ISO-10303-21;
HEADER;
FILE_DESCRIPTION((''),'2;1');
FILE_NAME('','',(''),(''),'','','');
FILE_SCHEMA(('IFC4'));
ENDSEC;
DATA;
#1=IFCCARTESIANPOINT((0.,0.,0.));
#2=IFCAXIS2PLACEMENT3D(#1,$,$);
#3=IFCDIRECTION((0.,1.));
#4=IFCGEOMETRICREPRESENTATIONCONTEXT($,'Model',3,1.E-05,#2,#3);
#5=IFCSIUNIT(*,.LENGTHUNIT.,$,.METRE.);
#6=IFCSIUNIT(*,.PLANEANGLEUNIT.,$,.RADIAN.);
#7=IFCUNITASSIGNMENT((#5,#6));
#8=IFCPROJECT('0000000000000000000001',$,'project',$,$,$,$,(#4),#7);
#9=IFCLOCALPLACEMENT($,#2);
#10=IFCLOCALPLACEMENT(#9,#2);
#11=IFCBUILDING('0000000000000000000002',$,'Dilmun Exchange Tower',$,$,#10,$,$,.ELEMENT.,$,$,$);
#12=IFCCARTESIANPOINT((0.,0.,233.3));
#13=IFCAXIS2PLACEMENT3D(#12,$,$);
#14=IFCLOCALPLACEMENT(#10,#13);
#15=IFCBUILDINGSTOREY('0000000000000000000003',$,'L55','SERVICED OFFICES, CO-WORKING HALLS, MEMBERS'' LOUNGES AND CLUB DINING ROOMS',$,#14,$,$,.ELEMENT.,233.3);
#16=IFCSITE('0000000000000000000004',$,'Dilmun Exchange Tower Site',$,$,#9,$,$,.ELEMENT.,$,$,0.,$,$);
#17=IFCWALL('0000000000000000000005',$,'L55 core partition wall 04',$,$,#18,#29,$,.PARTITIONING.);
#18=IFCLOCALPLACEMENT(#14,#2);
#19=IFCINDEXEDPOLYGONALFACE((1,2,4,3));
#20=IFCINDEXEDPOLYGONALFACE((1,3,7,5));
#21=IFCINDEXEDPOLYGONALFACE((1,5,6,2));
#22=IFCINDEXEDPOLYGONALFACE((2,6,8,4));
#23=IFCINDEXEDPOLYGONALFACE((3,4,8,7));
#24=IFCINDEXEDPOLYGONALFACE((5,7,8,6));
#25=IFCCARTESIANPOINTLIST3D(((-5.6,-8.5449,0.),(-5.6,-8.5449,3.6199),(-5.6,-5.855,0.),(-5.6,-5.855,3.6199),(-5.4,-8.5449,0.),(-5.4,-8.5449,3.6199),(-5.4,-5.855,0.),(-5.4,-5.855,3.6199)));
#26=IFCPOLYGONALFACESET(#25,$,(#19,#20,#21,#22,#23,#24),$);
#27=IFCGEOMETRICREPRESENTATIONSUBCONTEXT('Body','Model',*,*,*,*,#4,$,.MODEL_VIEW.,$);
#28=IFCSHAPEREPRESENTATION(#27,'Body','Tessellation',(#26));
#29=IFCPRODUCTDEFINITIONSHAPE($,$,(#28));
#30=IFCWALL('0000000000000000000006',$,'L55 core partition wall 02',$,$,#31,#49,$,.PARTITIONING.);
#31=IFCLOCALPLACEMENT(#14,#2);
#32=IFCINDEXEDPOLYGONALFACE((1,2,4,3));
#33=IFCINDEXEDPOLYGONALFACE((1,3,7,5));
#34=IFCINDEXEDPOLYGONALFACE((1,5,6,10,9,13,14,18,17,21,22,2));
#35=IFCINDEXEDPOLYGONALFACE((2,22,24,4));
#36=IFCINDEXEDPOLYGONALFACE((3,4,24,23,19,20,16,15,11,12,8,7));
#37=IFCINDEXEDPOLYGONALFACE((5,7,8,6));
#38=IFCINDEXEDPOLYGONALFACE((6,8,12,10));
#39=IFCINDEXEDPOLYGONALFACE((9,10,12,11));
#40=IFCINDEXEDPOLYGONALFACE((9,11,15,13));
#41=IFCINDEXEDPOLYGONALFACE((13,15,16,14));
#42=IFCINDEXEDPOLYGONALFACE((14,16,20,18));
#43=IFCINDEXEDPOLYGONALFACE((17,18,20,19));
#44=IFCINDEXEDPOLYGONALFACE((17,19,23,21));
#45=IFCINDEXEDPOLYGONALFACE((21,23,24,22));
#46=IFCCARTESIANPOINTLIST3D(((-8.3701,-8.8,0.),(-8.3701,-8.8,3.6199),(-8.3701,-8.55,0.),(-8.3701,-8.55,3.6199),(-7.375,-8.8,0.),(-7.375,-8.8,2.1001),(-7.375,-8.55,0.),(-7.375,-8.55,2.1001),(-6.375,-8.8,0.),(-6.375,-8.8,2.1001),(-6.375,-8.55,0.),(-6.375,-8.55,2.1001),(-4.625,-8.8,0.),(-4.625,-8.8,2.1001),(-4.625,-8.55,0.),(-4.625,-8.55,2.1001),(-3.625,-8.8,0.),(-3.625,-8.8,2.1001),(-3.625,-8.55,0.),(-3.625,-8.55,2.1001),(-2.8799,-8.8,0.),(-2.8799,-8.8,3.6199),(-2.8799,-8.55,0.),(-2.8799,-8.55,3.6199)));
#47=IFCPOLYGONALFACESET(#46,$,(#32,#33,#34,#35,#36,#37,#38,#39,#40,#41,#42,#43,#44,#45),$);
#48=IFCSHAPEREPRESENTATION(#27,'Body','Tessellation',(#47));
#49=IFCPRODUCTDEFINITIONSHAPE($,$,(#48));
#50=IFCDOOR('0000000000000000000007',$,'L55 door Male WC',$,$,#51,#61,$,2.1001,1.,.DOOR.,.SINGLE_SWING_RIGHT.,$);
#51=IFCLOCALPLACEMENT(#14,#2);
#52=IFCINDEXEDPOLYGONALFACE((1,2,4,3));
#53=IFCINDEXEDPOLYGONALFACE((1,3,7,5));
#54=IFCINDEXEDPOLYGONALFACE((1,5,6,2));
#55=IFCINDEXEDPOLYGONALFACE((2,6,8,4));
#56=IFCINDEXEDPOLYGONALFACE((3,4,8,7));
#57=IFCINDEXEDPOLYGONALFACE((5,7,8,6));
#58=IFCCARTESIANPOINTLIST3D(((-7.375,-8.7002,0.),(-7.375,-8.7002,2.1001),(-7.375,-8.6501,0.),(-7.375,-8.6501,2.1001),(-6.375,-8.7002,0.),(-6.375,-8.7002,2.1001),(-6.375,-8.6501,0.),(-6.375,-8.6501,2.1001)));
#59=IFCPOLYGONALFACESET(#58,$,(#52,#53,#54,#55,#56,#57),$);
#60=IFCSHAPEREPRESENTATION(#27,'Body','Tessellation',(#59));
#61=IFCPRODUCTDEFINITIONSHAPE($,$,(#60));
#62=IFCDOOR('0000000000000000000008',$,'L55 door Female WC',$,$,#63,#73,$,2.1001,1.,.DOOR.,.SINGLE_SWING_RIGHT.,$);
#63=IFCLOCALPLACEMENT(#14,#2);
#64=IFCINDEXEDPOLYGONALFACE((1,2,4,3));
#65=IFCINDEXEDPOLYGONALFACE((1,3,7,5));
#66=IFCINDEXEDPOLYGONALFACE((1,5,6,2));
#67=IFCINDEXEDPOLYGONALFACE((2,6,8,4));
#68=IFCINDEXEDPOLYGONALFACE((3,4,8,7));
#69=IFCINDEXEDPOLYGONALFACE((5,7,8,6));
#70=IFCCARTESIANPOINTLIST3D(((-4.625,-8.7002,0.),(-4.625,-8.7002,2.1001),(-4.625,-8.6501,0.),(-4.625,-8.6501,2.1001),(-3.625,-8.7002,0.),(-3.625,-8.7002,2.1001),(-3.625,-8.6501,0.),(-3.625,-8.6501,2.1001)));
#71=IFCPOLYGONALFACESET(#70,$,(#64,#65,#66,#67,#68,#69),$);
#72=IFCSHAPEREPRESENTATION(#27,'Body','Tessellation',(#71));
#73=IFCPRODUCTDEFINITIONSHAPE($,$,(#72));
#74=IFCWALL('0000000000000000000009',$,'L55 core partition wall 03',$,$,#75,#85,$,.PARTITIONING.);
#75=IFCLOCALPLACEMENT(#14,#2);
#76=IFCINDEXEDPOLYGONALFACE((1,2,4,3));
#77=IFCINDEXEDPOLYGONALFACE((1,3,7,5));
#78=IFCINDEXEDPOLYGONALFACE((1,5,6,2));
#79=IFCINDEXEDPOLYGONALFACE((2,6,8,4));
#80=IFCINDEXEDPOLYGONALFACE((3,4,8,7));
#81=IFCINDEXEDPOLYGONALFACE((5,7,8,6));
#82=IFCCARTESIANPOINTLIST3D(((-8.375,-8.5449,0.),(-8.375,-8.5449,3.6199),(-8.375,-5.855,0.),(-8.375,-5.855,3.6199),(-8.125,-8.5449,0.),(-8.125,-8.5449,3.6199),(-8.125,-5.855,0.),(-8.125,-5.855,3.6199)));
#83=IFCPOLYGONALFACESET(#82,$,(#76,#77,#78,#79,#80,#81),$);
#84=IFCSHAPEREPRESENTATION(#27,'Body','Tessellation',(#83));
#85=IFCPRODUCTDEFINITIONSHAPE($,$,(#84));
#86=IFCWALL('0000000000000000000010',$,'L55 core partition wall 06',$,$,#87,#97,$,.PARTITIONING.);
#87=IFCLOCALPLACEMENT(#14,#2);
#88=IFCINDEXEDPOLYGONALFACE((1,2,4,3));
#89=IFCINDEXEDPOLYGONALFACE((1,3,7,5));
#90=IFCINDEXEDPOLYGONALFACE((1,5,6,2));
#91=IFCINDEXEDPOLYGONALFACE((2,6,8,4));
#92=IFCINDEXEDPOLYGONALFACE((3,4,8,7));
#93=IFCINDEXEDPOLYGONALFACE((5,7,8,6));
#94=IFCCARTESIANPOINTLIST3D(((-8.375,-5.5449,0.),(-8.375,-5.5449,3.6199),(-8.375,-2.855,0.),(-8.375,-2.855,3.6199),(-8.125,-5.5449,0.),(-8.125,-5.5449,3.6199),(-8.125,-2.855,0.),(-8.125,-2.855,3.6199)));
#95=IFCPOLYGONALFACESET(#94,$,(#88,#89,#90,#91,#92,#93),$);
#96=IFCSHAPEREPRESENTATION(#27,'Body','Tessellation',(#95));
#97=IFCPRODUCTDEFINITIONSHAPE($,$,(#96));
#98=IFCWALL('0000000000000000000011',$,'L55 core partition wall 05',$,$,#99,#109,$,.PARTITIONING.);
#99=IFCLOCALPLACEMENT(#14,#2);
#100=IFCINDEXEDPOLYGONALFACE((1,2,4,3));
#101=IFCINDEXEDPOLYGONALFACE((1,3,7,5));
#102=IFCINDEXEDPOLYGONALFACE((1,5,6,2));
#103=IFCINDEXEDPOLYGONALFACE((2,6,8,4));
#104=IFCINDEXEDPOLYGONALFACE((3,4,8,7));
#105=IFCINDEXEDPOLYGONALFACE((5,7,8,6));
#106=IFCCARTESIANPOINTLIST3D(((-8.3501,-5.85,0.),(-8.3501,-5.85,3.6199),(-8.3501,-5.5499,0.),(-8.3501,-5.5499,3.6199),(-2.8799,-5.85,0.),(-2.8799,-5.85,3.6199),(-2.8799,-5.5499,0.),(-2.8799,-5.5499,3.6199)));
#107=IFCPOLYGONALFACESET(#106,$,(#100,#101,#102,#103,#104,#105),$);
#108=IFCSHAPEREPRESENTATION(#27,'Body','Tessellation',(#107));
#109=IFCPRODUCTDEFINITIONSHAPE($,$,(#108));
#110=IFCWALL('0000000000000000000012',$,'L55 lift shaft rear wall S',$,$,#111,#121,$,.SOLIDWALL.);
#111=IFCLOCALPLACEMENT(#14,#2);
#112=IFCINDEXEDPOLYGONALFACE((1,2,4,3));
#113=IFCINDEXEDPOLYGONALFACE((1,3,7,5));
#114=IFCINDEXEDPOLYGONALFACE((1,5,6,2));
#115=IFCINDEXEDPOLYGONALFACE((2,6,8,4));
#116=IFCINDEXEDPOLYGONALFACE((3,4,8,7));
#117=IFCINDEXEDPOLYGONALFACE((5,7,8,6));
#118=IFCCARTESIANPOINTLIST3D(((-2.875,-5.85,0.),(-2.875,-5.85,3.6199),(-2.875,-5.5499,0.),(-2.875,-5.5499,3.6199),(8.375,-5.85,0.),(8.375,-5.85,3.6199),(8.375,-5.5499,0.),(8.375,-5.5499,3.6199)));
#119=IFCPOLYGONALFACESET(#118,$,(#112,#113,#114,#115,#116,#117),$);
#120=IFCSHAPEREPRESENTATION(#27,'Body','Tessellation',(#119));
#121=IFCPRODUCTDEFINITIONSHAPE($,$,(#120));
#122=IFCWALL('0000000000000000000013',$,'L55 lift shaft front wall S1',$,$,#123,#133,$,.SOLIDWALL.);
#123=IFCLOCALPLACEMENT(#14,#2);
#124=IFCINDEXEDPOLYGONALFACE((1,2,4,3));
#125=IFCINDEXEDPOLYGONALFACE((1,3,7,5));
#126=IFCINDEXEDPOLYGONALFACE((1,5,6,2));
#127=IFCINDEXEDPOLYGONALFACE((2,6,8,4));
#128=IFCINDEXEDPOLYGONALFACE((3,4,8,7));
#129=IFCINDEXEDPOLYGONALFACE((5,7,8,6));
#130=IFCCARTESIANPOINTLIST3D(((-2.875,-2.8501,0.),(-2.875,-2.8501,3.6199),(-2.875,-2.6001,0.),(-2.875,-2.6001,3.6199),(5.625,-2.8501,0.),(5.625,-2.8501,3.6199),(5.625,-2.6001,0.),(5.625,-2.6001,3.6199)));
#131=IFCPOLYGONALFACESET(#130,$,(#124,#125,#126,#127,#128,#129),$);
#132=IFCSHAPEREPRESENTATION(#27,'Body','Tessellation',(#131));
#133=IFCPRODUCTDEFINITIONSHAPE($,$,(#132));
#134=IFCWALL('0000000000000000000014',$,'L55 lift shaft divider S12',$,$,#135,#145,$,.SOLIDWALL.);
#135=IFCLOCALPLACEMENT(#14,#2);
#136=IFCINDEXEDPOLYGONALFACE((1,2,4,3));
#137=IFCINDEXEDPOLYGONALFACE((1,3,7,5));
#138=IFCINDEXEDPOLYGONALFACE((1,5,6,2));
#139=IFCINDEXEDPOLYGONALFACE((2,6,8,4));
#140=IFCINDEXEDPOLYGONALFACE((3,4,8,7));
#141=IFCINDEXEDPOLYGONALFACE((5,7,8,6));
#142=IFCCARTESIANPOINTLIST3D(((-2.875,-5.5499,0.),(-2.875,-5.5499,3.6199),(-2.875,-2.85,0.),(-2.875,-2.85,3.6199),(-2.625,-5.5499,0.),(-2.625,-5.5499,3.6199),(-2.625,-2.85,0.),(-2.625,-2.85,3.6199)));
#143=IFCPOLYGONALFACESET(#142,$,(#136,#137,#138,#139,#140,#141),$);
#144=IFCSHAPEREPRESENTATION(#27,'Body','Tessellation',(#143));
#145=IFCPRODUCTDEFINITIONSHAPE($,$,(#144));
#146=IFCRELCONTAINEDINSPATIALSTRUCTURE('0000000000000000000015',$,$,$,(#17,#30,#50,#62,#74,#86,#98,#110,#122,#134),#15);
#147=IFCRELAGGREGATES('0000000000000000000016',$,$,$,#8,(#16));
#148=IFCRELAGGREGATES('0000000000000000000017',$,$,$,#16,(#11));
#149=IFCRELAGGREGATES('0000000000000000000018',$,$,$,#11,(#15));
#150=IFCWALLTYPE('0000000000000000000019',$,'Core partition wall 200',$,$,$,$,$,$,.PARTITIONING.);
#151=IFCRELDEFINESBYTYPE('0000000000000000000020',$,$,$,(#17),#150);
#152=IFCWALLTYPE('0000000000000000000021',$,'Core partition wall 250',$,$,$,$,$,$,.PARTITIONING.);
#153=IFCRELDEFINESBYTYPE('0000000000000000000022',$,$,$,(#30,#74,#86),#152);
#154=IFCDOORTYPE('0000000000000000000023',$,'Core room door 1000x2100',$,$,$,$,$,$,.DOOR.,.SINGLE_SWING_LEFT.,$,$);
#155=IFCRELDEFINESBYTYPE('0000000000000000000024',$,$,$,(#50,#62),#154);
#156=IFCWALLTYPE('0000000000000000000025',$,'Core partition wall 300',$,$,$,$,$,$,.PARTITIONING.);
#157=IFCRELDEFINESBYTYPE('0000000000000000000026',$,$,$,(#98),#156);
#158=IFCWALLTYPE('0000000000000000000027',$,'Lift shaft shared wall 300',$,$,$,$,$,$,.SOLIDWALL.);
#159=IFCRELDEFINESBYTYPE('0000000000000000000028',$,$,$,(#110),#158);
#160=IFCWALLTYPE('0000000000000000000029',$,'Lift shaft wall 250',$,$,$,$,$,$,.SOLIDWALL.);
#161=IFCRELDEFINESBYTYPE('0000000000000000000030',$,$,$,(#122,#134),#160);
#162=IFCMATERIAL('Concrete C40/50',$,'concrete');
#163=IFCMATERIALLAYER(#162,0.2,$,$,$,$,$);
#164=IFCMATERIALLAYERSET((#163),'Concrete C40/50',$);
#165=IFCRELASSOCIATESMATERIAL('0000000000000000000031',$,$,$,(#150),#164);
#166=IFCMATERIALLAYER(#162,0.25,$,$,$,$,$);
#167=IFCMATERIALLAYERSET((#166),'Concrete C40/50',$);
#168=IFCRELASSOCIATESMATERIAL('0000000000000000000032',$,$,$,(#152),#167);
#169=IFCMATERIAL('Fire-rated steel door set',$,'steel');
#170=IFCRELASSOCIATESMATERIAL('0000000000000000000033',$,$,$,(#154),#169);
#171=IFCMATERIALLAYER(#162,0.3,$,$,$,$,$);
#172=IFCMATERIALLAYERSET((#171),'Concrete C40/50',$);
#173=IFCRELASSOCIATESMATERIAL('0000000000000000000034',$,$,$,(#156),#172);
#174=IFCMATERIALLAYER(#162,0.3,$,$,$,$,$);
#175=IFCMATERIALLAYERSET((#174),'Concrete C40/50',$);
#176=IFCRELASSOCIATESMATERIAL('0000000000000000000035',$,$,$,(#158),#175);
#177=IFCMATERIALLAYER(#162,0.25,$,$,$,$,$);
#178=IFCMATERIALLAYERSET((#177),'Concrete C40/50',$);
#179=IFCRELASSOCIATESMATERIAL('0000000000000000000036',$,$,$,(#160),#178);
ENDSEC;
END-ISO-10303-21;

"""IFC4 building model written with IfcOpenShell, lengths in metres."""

from ifc_helpers import new_model, si_unit, direction, frame, frame_2d, origin, place, context, subcontext, project, spatial, rectangle, extrude, material, layer, layer_set, type_object, element, fill, save


model = new_model("IFC4")

# Units and contexts
model_context = context("Model", 3, precision=1e-05, world=origin(), true_north=direction((0.0, 1.0)))
body_context = subcontext(model_context, "Body", "Model", "MODEL_VIEW")
ifc_project = project(units=[si_unit("LENGTHUNIT", "METRE"), si_unit("PLANEANGLEUNIT", "RADIAN")], contexts=[model_context])

# Site, building, storey
site_placement = place(None, origin())
site = spatial("IfcSite", under=ifc_project, at=site_placement, Name="Dilmun Exchange Tower Site", CompositionType="ELEMENT", RefElevation=0.0)
building_placement = place(site_placement, origin())
building = spatial("IfcBuilding", under=site, at=building_placement, Name="Dilmun Exchange Tower", CompositionType="ELEMENT")
storey_placement = place(building_placement, frame((0.0, 0.0, 233.3)))
storey = spatial("IfcBuildingStorey", under=building, at=storey_placement, Name="L55", Description="SERVICED OFFICES, CO-WORKING HALLS, MEMBERS' LOUNGES AND CLUB DINING ROOMS", CompositionType="ELEMENT", Elevation=233.3)

# Wall
ifc_material_1 = material(Name="Concrete C40/50", Category="concrete")
ifc_layer_1 = layer(ifc_material_1, 0.2)
ifc_layer_set_1 = layer_set([ifc_layer_1], Name="Concrete C40/50")
wall_type_1 = type_object("IfcWallType", Name="Core partition wall 200", PredefinedType="PARTITIONING", material=ifc_layer_set_1)
wall_1_placement = place(storey_placement, frame((-5.5, -8.5449, 0.0), z_axis=(0.0, 0.0, 1.0), x_axis=(0.0, 1.0, 0.0)))
element("IfcWall", 1, at=wall_1_placement, inside=storey, type_object=wall_type_1, Name="L55 core partition wall 04", PredefinedType="PARTITIONING", context=body_context, shape_type="SweptSolid", body=[
    extrude(rectangle(XDim=2.6899, YDim=0.2, at=frame_2d((1.345, 0.0))), origin(), (0.0, 0.0, 1.0), 3.6199),
])

# Shared definitions
ifc_material_2 = material(Name="Fire-rated steel door set", Category="steel")

# Wall, openings, doors
ifc_layer_2 = layer(ifc_material_1, 0.25)
ifc_layer_set_2 = layer_set([ifc_layer_2], Name="Concrete C40/50")
wall_type_2 = type_object("IfcWallType", Name="Core partition wall 250", PredefinedType="PARTITIONING", material=ifc_layer_set_2)
wall_2_placement = place(storey_placement, frame((-8.3701, -8.675, 0.0), z_axis=(0.0, 0.0, 1.0), x_axis=(1.0, 0.0, 0.0)))
wall_2 = element("IfcWall", 2, at=wall_2_placement, inside=storey, type_object=wall_type_2, Name="L55 core partition wall 02", PredefinedType="PARTITIONING", context=body_context, shape_type="SweptSolid", body=[
    extrude(rectangle(XDim=5.4902, YDim=0.25, at=frame_2d((2.7451, 0.0))), origin(), (0.0, 0.0, 1.0), 3.6199),
])
opening_1_placement = place(wall_2_placement, frame((0.9951, 0.0, 0.0)))
opening_1 = element("IfcOpeningElement", 3, at=opening_1_placement, cuts=wall_2, PredefinedType="OPENING", context=body_context, shape_type="SweptSolid", body=[
    extrude(rectangle(XDim=1.0, YDim=2.1001, at=frame_2d((0.5, 1.05))), frame((0.0, 0.135, 0.0), z_axis=(0.0, -1.0, 0.0), x_axis=(1.0, 0.0, 0.0)), (0.0, 0.0, 1.0), 0.27),
])
opening_2_placement = place(wall_2_placement, frame((3.7451, 0.0, 0.0)))
opening_2 = element("IfcOpeningElement", 4, at=opening_2_placement, cuts=wall_2, PredefinedType="OPENING", context=body_context, shape_type="SweptSolid", body=[
    extrude(rectangle(XDim=1.0, YDim=2.1001, at=frame_2d((0.5, 1.05))), frame((0.0, 0.135, 0.0), z_axis=(0.0, -1.0, 0.0), x_axis=(1.0, 0.0, 0.0)), (0.0, 0.0, 1.0), 0.27),
])
door_type_1 = type_object("IfcDoorType", Name="Core room door 1000x2100", OperationType="SINGLE_SWING_LEFT", PredefinedType="DOOR", material=ifc_material_2)
door_1_placement = place(opening_1_placement, origin())
door_1 = element("IfcDoor", 5, at=door_1_placement, inside=storey, type_object=door_type_1, Name="L55 door Male WC", OperationType="SINGLE_SWING_RIGHT", OverallHeight=2.1001, OverallWidth=1.0, PredefinedType="DOOR", context=body_context, shape_type="SweptSolid", body=[
    extrude(rectangle(XDim=1.0, YDim=2.1001, at=frame_2d((0.5, 1.05))), frame((0.0, 0.0249, 0.0), z_axis=(0.0, -1.0, 0.0), x_axis=(1.0, 0.0, 0.0)), (0.0, 0.0, 1.0), 0.05),
])
fill(opening_1, door_1)
door_2_placement = place(opening_2_placement, origin())
door_2 = element("IfcDoor", 6, at=door_2_placement, inside=storey, type_object=door_type_1, Name="L55 door Female WC", OperationType="SINGLE_SWING_RIGHT", OverallHeight=2.1001, OverallWidth=1.0, PredefinedType="DOOR", context=body_context, shape_type="SweptSolid", body=[
    extrude(rectangle(XDim=1.0, YDim=2.1001, at=frame_2d((0.5, 1.05))), frame((0.0, 0.0249, 0.0), z_axis=(0.0, -1.0, 0.0), x_axis=(1.0, 0.0, 0.0)), (0.0, 0.0, 1.0), 0.05),
])
fill(opening_2, door_2)

# Walls
for number, where, z_axis, x_axis, name in (
    (7, (-8.25, -8.5449, 0.0), (0.0, 0.0, 1.0), (0.0, 1.0, 0.0), "L55 core partition wall 03"),
    (8, (-8.25, -5.5449, 0.0), (0.0, 0.0, 1.0), (0.0, 1.0, 0.0), "L55 core partition wall 06"),
):
    element("IfcWall", number, at=place(storey_placement, frame(where, z_axis=z_axis, x_axis=x_axis)), inside=storey, type_object=wall_type_2, Name=name, PredefinedType="PARTITIONING", context=body_context, shape_type="SweptSolid", body=[
        extrude(rectangle(XDim=2.6899, YDim=0.25, at=frame_2d((1.345, 0.0))), origin(), (0.0, 0.0, 1.0), 3.6199),
    ])
ifc_layer_3 = layer(ifc_material_1, 0.3)
ifc_layer_set_3 = layer_set([ifc_layer_3], Name="Concrete C40/50")
wall_type_3 = type_object("IfcWallType", Name="Core partition wall 300", PredefinedType="PARTITIONING", material=ifc_layer_set_3)
wall_3_placement = place(storey_placement, frame((-8.3501, -5.7, 0.0), z_axis=(0.0, 0.0, 1.0), x_axis=(1.0, 0.0, 0.0)))
element("IfcWall", 9, at=wall_3_placement, inside=storey, type_object=wall_type_3, Name="L55 core partition wall 05", PredefinedType="PARTITIONING", context=body_context, shape_type="SweptSolid", body=[
    extrude(rectangle(XDim=5.4702, YDim=0.3, at=frame_2d((2.7351, 0.0))), origin(), (0.0, 0.0, 1.0), 3.6199),
])
ifc_layer_4 = layer(ifc_material_1, 0.3)
ifc_layer_set_4 = layer_set([ifc_layer_4], Name="Concrete C40/50")
wall_type_4 = type_object("IfcWallType", Name="Lift shaft shared wall 300", PredefinedType="SOLIDWALL", material=ifc_layer_set_4)
wall_4_placement = place(storey_placement, frame((-2.875, -5.7, 0.0), z_axis=(0.0, 0.0, 1.0), x_axis=(1.0, 0.0, 0.0)))
element("IfcWall", 10, at=wall_4_placement, inside=storey, type_object=wall_type_4, Name="L55 lift shaft rear wall S", PredefinedType="SOLIDWALL", context=body_context, shape_type="SweptSolid", body=[
    extrude(rectangle(XDim=11.25, YDim=0.3, at=frame_2d((5.625, 0.0))), origin(), (0.0, 0.0, 1.0), 3.6199),
])
ifc_layer_5 = layer(ifc_material_1, 0.25)
ifc_layer_set_5 = layer_set([ifc_layer_5], Name="Concrete C40/50")
wall_type_5 = type_object("IfcWallType", Name="Lift shaft wall 250", PredefinedType="SOLIDWALL", material=ifc_layer_set_5)
wall_5_placement = place(storey_placement, frame((-2.875, -2.7251, 0.0), z_axis=(0.0, 0.0, 1.0), x_axis=(1.0, 0.0, 0.0)))
element("IfcWall", 11, at=wall_5_placement, inside=storey, type_object=wall_type_5, Name="L55 lift shaft front wall S1", PredefinedType="SOLIDWALL", context=body_context, shape_type="SweptSolid", body=[
    extrude(rectangle(XDim=8.5, YDim=0.25, at=frame_2d((4.25, 0.0))), origin(), (0.0, 0.0, 1.0), 3.6199),
])
wall_6_placement = place(storey_placement, frame((-2.75, -5.55, 0.0), z_axis=(0.0, 0.0, 1.0), x_axis=(0.0, 1.0, 0.0)))
element("IfcWall", 12, at=wall_6_placement, inside=storey, type_object=wall_type_5, Name="L55 lift shaft divider S12", PredefinedType="SOLIDWALL", context=body_context, shape_type="SweptSolid", body=[
    extrude(rectangle(XDim=2.7, YDim=0.25, at=frame_2d((1.3501, 0.0))), origin(), (0.0, 0.0, 1.0), 3.6199),
])

save(model, "model.ifc")
